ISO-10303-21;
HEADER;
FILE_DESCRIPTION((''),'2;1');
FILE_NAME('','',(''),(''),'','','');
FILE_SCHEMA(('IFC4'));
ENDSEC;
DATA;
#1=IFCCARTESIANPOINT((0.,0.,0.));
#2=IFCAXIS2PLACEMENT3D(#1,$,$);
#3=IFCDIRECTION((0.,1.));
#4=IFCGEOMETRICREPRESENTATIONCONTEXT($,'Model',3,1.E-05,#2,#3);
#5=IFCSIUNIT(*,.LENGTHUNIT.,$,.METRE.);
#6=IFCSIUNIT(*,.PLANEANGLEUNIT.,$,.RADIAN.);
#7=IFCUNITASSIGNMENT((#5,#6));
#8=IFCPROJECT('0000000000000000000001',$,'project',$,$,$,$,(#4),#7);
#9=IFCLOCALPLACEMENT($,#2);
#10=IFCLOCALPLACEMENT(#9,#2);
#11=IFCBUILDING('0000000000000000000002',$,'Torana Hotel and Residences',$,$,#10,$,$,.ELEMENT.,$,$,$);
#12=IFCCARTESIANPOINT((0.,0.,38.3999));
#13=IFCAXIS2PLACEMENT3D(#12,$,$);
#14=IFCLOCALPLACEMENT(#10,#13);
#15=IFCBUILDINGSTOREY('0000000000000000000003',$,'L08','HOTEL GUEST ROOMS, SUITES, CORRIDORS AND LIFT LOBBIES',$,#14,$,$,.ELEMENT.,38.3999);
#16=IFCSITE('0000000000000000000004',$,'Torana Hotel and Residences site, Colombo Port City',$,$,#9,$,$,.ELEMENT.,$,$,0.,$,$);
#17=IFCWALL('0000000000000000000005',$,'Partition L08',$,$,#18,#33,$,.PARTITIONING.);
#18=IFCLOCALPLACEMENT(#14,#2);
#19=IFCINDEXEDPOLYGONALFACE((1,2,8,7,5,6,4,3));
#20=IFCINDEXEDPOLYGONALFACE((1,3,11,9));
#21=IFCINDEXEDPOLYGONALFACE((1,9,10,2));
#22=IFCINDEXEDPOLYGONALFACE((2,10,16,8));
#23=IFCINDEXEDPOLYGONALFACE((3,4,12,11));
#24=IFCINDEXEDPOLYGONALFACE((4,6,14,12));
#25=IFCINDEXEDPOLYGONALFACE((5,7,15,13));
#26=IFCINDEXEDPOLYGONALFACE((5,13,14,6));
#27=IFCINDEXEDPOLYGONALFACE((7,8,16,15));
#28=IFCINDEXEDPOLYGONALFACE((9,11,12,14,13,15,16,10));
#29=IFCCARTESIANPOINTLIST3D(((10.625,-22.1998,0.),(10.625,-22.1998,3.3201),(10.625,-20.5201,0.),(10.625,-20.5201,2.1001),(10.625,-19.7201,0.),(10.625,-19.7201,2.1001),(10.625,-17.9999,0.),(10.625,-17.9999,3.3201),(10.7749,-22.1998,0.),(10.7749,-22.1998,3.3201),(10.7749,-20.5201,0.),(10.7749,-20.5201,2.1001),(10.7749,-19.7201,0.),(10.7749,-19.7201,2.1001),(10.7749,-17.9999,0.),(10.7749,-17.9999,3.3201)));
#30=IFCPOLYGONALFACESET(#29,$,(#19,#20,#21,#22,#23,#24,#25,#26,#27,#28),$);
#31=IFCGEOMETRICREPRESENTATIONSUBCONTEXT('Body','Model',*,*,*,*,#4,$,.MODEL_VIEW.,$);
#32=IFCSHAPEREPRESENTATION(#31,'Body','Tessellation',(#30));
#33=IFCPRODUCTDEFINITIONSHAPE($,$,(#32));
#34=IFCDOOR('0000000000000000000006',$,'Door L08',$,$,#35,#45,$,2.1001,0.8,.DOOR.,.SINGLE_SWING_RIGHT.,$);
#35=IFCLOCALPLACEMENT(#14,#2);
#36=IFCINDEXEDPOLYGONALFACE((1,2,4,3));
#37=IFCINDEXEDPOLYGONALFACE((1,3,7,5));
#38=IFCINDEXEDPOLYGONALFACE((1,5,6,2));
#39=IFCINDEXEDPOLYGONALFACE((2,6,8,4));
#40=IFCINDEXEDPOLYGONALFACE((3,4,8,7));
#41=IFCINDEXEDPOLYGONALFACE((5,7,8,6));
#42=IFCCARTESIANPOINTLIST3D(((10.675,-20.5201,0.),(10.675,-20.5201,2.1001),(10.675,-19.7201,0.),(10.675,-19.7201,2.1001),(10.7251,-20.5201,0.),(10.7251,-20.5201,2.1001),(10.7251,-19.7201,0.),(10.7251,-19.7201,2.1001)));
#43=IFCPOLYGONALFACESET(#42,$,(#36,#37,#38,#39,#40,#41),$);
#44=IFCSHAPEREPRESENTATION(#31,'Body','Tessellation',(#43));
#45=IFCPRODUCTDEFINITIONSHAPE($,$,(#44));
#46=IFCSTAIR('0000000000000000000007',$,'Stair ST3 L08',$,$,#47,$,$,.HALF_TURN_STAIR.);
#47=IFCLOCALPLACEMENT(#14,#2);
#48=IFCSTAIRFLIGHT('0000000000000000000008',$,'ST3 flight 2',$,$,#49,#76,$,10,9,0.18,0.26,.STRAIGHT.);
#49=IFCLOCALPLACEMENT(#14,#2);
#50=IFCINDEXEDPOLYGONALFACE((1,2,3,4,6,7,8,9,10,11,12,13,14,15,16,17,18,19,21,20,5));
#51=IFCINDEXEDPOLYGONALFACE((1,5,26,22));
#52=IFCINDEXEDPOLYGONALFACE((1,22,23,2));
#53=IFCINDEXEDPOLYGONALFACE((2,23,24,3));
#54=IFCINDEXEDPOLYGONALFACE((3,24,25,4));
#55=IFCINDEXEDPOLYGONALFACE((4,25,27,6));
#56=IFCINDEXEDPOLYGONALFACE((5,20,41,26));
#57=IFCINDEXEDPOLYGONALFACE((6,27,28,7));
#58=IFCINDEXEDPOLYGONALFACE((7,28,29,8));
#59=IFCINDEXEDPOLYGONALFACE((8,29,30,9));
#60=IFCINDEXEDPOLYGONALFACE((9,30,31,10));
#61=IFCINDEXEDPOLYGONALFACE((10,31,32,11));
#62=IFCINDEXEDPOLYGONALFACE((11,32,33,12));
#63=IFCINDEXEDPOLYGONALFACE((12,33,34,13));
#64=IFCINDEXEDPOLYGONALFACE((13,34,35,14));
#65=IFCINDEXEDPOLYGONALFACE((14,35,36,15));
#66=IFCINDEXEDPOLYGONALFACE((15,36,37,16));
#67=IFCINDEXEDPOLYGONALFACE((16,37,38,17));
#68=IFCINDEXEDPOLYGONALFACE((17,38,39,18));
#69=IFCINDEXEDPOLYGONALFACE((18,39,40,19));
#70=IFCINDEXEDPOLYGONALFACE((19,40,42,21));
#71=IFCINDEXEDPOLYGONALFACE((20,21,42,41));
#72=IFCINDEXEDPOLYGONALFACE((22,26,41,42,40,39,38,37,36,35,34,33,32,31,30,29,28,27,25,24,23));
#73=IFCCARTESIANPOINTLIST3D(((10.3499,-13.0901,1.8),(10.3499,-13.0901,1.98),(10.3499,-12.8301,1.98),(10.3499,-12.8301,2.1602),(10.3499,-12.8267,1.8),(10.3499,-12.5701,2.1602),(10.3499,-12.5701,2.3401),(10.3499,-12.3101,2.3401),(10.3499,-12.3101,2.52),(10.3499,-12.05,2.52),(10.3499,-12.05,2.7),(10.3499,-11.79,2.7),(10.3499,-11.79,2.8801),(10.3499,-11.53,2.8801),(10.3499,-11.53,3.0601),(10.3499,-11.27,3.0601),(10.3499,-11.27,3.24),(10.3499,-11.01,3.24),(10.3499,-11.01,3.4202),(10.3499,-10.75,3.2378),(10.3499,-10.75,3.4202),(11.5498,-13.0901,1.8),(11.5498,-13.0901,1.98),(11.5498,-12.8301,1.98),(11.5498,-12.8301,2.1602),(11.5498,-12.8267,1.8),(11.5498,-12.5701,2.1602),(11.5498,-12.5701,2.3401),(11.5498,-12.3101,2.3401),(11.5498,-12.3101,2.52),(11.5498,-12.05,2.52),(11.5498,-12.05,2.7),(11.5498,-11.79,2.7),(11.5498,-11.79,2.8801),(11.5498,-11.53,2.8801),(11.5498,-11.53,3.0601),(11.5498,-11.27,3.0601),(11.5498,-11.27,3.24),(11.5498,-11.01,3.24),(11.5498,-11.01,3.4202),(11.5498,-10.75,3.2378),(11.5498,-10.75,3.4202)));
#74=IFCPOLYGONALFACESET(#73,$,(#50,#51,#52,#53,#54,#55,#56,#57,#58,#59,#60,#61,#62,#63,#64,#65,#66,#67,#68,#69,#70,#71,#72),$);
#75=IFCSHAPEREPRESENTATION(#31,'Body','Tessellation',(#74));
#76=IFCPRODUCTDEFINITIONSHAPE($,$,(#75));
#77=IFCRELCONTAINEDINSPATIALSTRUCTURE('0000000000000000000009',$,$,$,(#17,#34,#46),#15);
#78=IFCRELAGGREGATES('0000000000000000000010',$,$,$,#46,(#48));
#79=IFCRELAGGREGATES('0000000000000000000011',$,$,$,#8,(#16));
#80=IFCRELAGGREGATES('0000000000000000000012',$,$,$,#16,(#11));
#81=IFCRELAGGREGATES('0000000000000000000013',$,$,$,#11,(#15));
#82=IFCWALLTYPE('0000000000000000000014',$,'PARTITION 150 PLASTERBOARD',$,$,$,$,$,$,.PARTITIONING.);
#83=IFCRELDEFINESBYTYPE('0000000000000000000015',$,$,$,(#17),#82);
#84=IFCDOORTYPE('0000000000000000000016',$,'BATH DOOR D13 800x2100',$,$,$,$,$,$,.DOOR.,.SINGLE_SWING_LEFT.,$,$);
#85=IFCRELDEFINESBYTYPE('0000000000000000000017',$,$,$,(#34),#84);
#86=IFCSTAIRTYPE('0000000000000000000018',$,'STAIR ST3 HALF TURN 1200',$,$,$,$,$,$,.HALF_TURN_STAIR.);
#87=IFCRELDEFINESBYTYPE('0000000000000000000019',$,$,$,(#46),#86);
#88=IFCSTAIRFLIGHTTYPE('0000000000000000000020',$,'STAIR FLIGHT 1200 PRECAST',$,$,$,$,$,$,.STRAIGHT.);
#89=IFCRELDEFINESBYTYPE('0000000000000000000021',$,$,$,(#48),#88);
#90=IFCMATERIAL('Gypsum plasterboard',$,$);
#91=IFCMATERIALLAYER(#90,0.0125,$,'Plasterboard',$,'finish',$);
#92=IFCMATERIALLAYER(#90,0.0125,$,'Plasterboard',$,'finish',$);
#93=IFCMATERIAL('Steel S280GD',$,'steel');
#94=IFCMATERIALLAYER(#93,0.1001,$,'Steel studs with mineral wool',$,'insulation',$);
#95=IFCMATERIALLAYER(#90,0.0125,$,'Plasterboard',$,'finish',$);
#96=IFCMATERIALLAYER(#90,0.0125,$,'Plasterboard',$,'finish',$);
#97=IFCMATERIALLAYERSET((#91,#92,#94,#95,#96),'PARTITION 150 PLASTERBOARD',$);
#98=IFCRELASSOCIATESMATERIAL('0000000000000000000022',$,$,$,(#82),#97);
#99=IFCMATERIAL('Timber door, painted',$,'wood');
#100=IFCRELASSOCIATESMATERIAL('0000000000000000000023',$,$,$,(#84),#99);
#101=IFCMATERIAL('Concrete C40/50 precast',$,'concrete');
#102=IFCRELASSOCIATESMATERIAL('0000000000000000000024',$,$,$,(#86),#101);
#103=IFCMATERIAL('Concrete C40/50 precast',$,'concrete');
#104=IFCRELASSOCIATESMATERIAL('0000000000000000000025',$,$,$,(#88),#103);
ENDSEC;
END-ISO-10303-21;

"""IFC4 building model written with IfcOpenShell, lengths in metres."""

from ifc_helpers import new_model, si_unit, direction, frame, frame_2d, origin, place, context, subcontext, project, spatial, polyline, rectangle, outline, extrude, material, layer, layer_set, type_object, element, fill, aggregate, save


model = new_model("IFC4")

# Units and contexts
model_context = context("Model", 3, precision=1e-05, world=origin(), true_north=direction((0.0, 1.0)))
body_context = subcontext(model_context, "Body", "Model", "MODEL_VIEW")
ifc_project = project(units=[si_unit("LENGTHUNIT", "METRE"), si_unit("PLANEANGLEUNIT", "RADIAN")], contexts=[model_context])

# Site, building, storey
site_placement = place(None, origin())
site = spatial("IfcSite", under=ifc_project, at=site_placement, Name="Torana Hotel and Residences site, Colombo Port City", CompositionType="ELEMENT", RefElevation=0.0)
building_placement = place(site_placement, origin())
building = spatial("IfcBuilding", under=site, at=building_placement, Name="Torana Hotel and Residences", CompositionType="ELEMENT")
storey_placement = place(building_placement, frame((0.0, 0.0, 38.3999)))
storey = spatial("IfcBuildingStorey", under=building, at=storey_placement, Name="L08", Description="HOTEL GUEST ROOMS, SUITES, CORRIDORS AND LIFT LOBBIES", CompositionType="ELEMENT", Elevation=38.3999)

# Wall, opening, door
ifc_material_1 = material(Name="Gypsum plasterboard")
ifc_layer_1 = layer(ifc_material_1, 0.0125, Name="Plasterboard", Category="finish")
ifc_layer_2 = layer(ifc_material_1, 0.0125, Name="Plasterboard", Category="finish")
ifc_material_2 = material(Name="Steel S280GD", Category="steel")
ifc_layer_3 = layer(ifc_material_2, 0.1001, Name="Steel studs with mineral wool", Category="insulation")
ifc_layer_4 = layer(ifc_material_1, 0.0125, Name="Plasterboard", Category="finish")
ifc_layer_5 = layer(ifc_material_1, 0.0125, Name="Plasterboard", Category="finish")
ifc_layer_set_1 = layer_set([ifc_layer_1, ifc_layer_2, ifc_layer_3, ifc_layer_4, ifc_layer_5], Name="PARTITION 150 PLASTERBOARD")
wall_type_1 = type_object("IfcWallType", Name="PARTITION 150 PLASTERBOARD", PredefinedType="PARTITIONING", material=ifc_layer_set_1)
wall_1_placement = place(storey_placement, frame((10.7, -22.2, 0.0), z_axis=(0.0, 0.0, 1.0), x_axis=(0.0, 1.0, 0.0)))
wall_1 = element("IfcWall", 1, at=wall_1_placement, inside=storey, type_object=wall_type_1, Name="Partition L08", PredefinedType="PARTITIONING", context=body_context, shape_type="SweptSolid", body=[
    extrude(rectangle(XDim=4.2, YDim=0.1499, at=frame_2d((2.1001, 0.0))), origin(), (0.0, 0.0, 1.0), 3.3201),
])
opening_1_placement = place(wall_1_placement, frame((1.6799, 0.0, 0.0)))
opening_1 = element("IfcOpeningElement", 2, at=opening_1_placement, cuts=wall_1, PredefinedType="OPENING", context=body_context, shape_type="SweptSolid", body=[
    extrude(rectangle(XDim=0.8, YDim=2.1001, at=frame_2d((0.3999, 1.05))), frame((0.0, 0.085, 0.0), z_axis=(0.0, -1.0, 0.0), x_axis=(1.0, 0.0, 0.0)), (0.0, 0.0, 1.0), 0.1699),
])
ifc_material_3 = material(Name="Timber door, painted", Category="wood")
door_type_1 = type_object("IfcDoorType", Name="BATH DOOR D13 800x2100", OperationType="SINGLE_SWING_LEFT", PredefinedType="DOOR", material=ifc_material_3)
door_1_placement = place(opening_1_placement, origin())
door_1 = element("IfcDoor", 3, at=door_1_placement, inside=storey, type_object=door_type_1, Name="Door L08", OperationType="SINGLE_SWING_RIGHT", OverallHeight=2.1001, OverallWidth=0.8, PredefinedType="DOOR", context=body_context, shape_type="SweptSolid", body=[
    extrude(rectangle(XDim=0.8, YDim=2.1001, at=frame_2d((0.3999, 1.05))), frame((0.0, 0.0249, 0.0), z_axis=(0.0, -1.0, 0.0), x_axis=(1.0, 0.0, 0.0)), (0.0, 0.0, 1.0), 0.05),
])
fill(opening_1, door_1)

# Stair, stair flight
ifc_material_4 = material(Name="Concrete C40/50 precast", Category="concrete")
stair_type = type_object("IfcStairType", Name="STAIR ST3 HALF TURN 1200", PredefinedType="HALF_TURN_STAIR", material=ifc_material_4)
stair_placement = place(storey_placement, origin())
stair = element("IfcStair", 4, at=stair_placement, inside=storey, type_object=stair_type, Name="Stair ST3 L08", PredefinedType="HALF_TURN_STAIR")
ifc_material_5 = material(Name="Concrete C40/50 precast", Category="concrete")
stair_flight_type = type_object("IfcStairFlightType", Name="STAIR FLIGHT 1200 PRECAST", PredefinedType="STRAIGHT", material=ifc_material_5)
stair_flight_placement = place(storey_placement, frame((10.95, -13.0901, 1.8), z_axis=(0.0, 0.0, 1.0), x_axis=(0.0, 1.0, 0.0)))
stair_flight = element("IfcStairFlight", 5, at=stair_flight_placement, type_object=stair_flight_type, Name="ST3 flight 2", NumberOfRisers=10, NumberOfTreads=9, PredefinedType="STRAIGHT", RiserHeight=0.18, TreadLength=0.26, context=body_context, shape_type="SweptSolid", body=[
    extrude(outline(polyline([(0.0, 0.0), (0.0, 0.1799), (0.26, 0.1799), (0.26, 0.3601), (0.52, 0.3601), (0.52, 0.54), (0.78, 0.54), (0.78, 0.72), (1.04, 0.72), (1.04, 0.8999), (1.3, 0.8999), (1.3, 1.0801), (1.5601, 1.0801), (1.5601, 1.26), (1.8201, 1.26), (1.8201, 1.4399), (2.0801, 1.4399), (2.0801, 1.6201), (2.3401, 1.6201), (2.3401, 1.8), (2.3401, 1.4377), (0.2634, 0.0), (0.0, 0.0)])), frame((0.0, 0.6001, 0.0), z_axis=(0.0, -1.0, 0.0), x_axis=(1.0, 0.0, 0.0)), (0.0, 0.0, 1.0), 1.2),
])
aggregate(stair, [stair_flight])

save(model, "model.ifc")
